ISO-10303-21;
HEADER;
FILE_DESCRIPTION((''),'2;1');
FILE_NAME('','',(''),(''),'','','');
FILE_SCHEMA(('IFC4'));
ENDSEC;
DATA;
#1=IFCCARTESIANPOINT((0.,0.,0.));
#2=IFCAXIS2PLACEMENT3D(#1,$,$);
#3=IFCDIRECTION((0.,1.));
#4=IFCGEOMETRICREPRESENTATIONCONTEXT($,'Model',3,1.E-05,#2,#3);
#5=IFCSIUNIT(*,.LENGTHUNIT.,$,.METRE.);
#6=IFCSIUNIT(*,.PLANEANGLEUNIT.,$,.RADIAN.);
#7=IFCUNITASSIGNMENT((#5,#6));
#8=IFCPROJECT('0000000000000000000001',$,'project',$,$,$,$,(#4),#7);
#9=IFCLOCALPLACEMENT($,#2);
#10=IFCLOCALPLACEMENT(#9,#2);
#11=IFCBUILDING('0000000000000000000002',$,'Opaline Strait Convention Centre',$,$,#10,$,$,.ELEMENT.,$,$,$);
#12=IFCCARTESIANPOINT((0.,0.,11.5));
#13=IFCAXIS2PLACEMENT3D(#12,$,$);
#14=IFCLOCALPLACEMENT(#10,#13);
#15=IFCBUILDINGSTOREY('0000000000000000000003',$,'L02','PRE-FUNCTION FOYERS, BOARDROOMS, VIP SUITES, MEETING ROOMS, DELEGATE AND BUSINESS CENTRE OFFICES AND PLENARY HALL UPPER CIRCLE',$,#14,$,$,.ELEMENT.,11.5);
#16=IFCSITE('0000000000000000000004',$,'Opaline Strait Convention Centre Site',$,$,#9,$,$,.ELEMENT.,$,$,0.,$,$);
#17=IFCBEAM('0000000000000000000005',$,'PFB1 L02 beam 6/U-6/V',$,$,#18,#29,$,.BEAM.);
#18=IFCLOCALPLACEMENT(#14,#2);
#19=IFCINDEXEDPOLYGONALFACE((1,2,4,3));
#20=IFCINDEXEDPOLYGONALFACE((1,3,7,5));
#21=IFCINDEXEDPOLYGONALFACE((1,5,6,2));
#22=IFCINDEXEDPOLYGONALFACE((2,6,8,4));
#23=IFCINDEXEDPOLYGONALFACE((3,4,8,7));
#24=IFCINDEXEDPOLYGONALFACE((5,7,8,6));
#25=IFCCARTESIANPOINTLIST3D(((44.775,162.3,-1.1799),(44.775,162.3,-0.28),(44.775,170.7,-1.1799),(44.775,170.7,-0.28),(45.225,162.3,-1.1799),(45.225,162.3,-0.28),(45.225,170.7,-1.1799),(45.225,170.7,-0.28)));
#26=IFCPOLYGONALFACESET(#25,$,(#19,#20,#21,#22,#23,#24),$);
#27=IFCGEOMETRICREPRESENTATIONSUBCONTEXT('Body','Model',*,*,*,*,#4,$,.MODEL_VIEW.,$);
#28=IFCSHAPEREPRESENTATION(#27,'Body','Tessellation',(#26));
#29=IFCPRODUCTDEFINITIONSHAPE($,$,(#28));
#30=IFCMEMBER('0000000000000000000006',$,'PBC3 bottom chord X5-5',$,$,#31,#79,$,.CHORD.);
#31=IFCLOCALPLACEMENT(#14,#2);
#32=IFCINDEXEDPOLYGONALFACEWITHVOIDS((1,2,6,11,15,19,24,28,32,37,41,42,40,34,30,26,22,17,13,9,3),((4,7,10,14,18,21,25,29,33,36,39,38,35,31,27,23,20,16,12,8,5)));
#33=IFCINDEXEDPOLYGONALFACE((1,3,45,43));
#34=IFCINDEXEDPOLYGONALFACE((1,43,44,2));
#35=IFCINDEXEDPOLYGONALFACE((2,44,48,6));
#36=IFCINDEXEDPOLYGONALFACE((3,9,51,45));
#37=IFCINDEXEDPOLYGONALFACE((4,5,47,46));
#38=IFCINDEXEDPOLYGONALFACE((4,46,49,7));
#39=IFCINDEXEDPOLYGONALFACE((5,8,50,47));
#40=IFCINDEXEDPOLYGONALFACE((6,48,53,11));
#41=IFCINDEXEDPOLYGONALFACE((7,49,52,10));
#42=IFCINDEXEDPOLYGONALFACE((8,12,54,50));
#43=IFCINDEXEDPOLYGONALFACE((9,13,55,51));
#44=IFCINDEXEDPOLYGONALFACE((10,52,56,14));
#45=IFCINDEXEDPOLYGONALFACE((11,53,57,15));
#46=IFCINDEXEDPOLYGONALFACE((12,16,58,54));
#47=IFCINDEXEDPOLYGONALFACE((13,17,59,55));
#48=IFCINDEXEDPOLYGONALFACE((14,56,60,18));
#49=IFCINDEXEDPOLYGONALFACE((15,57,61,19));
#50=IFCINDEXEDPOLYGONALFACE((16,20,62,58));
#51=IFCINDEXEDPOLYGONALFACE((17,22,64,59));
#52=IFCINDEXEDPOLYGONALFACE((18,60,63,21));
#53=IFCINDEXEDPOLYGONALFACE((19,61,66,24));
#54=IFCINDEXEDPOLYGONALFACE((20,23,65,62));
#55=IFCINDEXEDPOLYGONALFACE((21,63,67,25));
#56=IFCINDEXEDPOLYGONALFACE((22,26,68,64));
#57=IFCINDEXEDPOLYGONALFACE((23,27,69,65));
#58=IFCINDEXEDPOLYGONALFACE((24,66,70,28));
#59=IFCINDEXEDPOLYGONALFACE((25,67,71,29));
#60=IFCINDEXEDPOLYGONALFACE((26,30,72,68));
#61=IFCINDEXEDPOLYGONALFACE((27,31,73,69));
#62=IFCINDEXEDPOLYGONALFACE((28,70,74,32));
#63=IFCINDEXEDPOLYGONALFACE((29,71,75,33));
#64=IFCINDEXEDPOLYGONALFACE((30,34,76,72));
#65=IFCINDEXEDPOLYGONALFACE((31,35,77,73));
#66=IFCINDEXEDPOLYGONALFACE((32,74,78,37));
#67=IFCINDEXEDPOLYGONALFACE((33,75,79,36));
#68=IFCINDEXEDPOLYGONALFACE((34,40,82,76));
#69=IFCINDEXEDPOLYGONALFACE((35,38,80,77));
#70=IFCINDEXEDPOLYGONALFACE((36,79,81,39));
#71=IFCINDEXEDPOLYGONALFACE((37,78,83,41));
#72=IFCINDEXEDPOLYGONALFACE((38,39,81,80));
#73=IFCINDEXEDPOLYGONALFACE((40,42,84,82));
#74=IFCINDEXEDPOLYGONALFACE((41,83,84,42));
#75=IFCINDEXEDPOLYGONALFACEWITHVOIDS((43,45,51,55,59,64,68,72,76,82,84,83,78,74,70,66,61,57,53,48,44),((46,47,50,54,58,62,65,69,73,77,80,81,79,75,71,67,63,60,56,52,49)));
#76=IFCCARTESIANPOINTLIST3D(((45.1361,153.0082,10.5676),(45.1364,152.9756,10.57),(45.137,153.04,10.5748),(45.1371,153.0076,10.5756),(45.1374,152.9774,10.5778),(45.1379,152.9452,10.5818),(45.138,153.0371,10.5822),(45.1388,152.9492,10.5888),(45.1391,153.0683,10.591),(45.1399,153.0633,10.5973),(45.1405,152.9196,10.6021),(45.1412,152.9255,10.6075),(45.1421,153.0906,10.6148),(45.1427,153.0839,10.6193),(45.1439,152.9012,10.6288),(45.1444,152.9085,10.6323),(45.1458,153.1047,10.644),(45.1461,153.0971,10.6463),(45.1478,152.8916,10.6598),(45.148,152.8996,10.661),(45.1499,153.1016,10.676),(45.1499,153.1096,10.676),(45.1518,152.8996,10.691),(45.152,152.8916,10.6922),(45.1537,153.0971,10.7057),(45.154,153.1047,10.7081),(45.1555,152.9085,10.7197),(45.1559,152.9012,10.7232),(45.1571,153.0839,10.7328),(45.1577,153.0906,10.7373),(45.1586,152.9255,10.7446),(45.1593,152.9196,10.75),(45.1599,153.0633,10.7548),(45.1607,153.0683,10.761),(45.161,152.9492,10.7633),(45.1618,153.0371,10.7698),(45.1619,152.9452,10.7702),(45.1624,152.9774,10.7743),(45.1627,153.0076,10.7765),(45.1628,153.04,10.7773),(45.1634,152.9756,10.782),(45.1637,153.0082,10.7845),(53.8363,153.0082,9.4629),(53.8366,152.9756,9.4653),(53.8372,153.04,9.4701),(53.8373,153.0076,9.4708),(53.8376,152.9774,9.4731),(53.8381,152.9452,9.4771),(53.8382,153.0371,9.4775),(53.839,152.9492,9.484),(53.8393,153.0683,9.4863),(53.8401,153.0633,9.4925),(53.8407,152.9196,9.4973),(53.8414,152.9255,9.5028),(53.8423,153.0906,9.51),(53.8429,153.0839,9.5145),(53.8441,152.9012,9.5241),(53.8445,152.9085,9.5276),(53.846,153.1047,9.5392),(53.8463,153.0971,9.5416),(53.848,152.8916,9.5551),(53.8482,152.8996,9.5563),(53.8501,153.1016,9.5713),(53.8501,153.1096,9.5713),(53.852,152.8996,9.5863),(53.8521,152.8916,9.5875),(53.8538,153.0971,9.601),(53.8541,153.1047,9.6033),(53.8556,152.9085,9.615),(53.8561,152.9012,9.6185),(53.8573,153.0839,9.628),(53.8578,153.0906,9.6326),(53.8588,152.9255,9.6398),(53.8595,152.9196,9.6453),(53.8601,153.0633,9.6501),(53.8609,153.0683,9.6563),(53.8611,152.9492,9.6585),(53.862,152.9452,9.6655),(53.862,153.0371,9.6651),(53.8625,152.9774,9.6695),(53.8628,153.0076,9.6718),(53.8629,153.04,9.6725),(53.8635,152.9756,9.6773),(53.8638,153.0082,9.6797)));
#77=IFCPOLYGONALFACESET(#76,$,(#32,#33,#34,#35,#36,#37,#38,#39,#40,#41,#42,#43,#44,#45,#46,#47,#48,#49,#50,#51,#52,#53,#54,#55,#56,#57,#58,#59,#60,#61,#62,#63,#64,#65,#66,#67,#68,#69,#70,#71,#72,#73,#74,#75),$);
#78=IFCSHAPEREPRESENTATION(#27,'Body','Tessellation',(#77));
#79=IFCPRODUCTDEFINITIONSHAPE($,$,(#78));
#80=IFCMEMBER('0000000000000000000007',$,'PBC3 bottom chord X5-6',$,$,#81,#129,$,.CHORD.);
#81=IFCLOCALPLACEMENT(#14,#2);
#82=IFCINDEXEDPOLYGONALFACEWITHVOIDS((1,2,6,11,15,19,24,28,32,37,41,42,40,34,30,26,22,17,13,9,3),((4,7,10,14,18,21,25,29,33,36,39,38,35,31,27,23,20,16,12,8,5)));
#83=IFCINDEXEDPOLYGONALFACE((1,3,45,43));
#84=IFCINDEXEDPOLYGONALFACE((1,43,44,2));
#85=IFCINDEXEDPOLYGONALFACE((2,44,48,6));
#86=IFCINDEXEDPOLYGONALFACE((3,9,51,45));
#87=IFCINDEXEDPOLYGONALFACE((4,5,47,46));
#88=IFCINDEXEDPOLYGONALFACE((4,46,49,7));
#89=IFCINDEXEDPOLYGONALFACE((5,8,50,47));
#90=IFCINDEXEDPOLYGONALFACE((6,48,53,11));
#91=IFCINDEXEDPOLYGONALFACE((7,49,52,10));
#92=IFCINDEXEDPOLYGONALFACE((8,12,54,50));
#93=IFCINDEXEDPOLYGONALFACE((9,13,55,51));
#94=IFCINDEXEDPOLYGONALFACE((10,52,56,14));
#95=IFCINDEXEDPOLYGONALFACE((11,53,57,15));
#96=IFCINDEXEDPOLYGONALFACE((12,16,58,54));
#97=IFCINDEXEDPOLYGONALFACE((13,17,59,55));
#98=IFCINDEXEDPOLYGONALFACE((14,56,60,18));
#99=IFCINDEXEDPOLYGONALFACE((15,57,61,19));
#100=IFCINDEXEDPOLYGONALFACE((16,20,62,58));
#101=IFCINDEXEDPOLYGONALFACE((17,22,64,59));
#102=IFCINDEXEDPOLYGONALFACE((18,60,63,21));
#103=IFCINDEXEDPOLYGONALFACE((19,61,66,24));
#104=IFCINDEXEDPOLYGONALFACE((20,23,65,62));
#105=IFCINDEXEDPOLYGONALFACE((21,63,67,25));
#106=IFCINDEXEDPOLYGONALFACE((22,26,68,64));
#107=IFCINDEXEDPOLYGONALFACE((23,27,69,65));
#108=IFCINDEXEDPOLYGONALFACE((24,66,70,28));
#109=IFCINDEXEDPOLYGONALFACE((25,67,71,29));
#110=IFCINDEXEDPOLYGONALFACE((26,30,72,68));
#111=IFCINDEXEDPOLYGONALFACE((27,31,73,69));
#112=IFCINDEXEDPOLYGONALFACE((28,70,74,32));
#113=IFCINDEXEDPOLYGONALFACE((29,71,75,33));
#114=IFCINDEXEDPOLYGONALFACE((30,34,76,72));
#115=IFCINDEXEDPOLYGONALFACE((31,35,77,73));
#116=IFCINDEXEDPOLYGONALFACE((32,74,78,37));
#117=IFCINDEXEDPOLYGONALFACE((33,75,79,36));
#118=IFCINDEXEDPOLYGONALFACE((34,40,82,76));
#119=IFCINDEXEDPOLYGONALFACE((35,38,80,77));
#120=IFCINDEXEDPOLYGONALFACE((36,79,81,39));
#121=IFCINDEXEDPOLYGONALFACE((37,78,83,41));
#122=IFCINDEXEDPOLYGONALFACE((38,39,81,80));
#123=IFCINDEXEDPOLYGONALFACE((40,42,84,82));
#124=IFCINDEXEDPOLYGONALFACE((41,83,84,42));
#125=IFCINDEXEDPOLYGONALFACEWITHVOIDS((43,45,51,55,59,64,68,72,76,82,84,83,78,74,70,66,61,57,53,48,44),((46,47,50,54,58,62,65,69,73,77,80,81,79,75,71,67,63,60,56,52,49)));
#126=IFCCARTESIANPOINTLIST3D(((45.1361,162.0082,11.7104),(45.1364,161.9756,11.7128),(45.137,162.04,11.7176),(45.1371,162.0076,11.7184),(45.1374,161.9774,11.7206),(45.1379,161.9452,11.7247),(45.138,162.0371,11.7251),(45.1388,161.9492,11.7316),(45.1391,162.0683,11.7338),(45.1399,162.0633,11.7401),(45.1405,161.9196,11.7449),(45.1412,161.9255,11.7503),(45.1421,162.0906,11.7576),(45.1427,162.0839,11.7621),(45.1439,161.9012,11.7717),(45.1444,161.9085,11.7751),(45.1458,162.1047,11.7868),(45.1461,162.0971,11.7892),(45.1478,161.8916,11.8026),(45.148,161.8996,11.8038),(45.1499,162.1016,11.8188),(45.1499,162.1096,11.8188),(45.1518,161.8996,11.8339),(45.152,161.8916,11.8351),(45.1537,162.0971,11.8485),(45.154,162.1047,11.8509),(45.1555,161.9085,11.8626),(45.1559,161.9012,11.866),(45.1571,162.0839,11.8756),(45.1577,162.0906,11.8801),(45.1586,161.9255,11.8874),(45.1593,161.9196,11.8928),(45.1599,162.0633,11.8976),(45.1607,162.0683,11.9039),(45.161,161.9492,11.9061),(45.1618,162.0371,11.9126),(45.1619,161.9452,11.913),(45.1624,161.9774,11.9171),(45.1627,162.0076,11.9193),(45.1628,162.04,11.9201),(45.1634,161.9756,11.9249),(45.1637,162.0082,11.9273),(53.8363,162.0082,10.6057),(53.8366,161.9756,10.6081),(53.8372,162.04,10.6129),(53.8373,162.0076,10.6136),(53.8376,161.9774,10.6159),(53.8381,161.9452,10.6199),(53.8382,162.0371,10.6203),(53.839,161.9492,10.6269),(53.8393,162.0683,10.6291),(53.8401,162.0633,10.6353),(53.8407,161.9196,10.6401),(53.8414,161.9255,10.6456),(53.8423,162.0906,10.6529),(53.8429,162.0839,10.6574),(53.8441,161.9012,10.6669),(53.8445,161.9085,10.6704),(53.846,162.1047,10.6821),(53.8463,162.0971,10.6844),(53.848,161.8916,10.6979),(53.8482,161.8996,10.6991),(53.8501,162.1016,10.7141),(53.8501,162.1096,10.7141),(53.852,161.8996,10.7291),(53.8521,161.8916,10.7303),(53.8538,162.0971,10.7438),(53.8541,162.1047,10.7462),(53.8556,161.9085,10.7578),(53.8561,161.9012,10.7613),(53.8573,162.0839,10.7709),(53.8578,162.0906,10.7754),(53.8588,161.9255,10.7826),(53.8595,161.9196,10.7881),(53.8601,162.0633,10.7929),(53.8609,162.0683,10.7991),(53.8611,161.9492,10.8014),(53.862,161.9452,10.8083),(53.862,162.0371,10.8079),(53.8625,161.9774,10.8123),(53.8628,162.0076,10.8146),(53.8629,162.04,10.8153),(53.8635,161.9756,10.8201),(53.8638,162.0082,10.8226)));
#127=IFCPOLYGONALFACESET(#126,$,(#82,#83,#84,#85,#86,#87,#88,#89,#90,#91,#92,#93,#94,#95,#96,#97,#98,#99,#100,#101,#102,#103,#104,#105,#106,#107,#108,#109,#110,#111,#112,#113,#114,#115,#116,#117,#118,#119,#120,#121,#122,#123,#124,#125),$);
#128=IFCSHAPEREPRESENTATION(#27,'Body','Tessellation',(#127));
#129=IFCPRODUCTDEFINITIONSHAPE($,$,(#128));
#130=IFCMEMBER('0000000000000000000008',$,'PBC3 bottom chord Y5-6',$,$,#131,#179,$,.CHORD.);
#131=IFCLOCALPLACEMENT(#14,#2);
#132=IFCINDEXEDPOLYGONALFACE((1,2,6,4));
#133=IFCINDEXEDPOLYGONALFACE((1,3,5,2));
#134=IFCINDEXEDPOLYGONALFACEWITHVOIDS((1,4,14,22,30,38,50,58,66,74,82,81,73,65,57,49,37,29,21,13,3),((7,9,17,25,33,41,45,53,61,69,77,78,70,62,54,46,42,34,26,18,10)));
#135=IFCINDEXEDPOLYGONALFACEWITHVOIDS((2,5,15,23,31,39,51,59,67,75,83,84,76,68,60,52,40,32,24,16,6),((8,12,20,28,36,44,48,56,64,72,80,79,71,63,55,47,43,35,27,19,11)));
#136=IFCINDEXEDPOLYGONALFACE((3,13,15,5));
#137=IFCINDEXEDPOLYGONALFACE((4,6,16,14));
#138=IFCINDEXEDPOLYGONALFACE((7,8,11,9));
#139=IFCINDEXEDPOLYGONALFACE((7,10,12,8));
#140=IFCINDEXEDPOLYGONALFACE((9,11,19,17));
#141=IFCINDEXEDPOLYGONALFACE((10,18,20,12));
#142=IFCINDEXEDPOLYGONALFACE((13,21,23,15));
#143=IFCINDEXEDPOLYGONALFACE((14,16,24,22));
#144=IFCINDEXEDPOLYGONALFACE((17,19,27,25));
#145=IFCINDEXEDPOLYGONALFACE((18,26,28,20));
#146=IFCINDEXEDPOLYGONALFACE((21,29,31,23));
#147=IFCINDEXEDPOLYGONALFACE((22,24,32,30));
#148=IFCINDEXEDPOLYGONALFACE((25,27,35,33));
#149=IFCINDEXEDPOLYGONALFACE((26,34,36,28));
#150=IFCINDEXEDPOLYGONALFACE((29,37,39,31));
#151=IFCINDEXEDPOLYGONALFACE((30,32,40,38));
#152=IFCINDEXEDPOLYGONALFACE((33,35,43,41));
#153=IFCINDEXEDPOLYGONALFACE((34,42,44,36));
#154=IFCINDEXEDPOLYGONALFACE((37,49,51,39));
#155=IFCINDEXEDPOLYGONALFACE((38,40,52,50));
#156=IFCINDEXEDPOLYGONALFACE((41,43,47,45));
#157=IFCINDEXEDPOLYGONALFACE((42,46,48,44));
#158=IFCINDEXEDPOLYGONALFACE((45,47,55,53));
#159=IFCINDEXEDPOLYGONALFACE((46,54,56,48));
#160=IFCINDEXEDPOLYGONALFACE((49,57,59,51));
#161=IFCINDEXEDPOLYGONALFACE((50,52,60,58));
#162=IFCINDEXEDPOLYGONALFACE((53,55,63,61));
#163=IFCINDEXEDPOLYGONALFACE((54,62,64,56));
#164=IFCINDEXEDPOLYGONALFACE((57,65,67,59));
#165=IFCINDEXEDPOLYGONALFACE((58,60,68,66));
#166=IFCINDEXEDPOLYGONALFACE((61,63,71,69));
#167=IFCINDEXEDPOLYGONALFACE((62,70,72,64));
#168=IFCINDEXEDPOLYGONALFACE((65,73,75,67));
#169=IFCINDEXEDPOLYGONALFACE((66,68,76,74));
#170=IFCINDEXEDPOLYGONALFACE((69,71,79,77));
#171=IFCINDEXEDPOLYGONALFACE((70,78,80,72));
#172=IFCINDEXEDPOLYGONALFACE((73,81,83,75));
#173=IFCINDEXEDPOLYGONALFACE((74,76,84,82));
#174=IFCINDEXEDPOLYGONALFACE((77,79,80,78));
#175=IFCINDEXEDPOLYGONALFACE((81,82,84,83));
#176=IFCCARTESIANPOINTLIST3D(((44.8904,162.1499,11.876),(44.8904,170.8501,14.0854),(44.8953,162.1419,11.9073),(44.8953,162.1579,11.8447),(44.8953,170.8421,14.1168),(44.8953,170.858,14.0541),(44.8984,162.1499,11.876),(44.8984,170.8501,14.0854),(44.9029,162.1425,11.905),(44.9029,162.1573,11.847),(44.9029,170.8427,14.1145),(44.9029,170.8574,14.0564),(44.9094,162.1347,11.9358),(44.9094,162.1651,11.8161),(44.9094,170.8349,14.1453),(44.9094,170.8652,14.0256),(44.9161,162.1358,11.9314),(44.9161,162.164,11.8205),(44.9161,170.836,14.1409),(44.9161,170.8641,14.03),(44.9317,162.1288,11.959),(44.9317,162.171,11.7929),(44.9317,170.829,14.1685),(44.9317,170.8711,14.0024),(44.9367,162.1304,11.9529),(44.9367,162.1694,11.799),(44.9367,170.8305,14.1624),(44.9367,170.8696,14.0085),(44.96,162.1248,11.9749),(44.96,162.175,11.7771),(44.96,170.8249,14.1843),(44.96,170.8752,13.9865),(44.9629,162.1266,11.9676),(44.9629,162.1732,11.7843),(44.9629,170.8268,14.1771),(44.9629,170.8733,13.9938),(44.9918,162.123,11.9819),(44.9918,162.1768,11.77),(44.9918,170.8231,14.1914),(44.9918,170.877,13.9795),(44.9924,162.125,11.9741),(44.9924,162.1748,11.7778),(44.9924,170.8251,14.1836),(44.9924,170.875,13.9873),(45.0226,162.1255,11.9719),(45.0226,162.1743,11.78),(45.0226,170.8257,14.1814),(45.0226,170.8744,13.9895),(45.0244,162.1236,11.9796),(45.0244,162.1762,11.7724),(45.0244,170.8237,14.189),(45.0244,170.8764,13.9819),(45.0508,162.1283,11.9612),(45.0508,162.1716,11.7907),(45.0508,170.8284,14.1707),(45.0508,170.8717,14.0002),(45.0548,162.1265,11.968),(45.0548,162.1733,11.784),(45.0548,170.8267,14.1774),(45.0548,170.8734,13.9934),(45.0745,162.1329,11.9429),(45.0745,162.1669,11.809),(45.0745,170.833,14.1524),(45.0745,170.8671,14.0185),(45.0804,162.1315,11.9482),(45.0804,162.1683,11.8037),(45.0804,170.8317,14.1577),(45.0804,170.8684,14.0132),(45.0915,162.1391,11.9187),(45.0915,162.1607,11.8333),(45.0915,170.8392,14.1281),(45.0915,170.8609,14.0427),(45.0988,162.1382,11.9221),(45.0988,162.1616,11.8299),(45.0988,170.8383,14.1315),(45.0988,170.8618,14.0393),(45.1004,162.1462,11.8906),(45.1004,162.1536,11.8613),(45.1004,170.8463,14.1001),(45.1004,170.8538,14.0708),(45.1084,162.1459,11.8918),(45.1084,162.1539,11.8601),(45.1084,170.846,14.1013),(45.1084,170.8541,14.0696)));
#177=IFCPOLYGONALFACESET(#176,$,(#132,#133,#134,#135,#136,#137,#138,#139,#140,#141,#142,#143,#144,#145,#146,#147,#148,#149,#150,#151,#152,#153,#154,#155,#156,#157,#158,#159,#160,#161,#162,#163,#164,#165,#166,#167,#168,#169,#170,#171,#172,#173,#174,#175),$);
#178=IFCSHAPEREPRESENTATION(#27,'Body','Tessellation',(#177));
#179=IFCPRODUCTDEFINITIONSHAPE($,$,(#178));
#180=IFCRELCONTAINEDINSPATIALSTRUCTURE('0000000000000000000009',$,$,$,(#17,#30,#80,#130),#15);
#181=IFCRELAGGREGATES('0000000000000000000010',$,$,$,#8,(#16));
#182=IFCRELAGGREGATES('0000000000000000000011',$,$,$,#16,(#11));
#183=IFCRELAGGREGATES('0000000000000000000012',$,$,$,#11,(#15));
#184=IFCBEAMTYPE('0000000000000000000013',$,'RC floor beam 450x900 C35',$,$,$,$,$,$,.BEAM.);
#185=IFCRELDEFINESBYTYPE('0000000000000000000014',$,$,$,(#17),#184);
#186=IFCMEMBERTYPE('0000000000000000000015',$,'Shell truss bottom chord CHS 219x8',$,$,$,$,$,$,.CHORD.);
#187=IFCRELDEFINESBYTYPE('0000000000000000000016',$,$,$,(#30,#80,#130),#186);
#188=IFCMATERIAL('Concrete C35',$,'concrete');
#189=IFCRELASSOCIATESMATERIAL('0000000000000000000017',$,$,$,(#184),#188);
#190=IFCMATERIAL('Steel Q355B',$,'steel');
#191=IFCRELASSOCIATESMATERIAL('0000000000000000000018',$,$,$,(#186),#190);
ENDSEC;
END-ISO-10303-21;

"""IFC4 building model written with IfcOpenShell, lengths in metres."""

from ifc_helpers import new_model, si_unit, direction, frame, origin, origin_2d, place, context, subcontext, project, spatial, rectangle, hollow_circle, extrude, material, material_profile, profile_set, type_object, element, save


model = new_model("IFC4")

# Units and contexts
model_context = context("Model", 3, precision=1e-05, world=origin(), true_north=direction((0.0, 1.0)))
body_context = subcontext(model_context, "Body", "Model", "MODEL_VIEW")
ifc_project = project(units=[si_unit("LENGTHUNIT", "METRE"), si_unit("PLANEANGLEUNIT", "RADIAN")], contexts=[model_context])

# Site, building, storey
site_placement = place(None, origin())
site = spatial("IfcSite", under=ifc_project, at=site_placement, Name="Opaline Strait Convention Centre Site", CompositionType="ELEMENT", RefElevation=0.0)
building_placement = place(site_placement, origin())
building = spatial("IfcBuilding", under=site, at=building_placement, Name="Opaline Strait Convention Centre", CompositionType="ELEMENT")
storey_placement = place(building_placement, frame((0.0, 0.0, 11.5)))
storey = spatial("IfcBuildingStorey", under=building, at=storey_placement, Name="L02", Description="PRE-FUNCTION FOYERS, BOARDROOMS, VIP SUITES, MEETING ROOMS, DELEGATE AND BUSINESS CENTRE OFFICES AND PLENARY HALL UPPER CIRCLE", CompositionType="ELEMENT", Elevation=11.5)

# Beam
ifc_material_1 = material(Name="Concrete C35", Category="concrete")
ifc_material_profile_1 = material_profile(ifc_material_1, rectangle(XDim=0.45, YDim=0.8999, at=origin_2d()), Name="RC 450x900")
ifc_profile_set_1 = profile_set([ifc_material_profile_1], Name="Concrete C35")
beam_type = type_object("IfcBeamType", Name="RC floor beam 450x900 C35", PredefinedType="BEAM", material=ifc_profile_set_1)
beam_placement = place(storey_placement, frame((45.0, 162.3, -0.73), z_axis=(0.0, 1.0, 0.0), x_axis=(-1.0, 0.0, 0.0)))
element("IfcBeam", 1, at=beam_placement, inside=storey, type_object=beam_type, Name="PFB1 L02 beam 6/U-6/V", PredefinedType="BEAM", context=body_context, shape_type="SweptSolid", body=[
    extrude(rectangle(XDim=0.45, YDim=0.8999, at=origin_2d()), origin(), (0.0, 0.0, 1.0), 8.3999),
])

# Members
ifc_material_2 = material(Name="Steel Q355B", Category="steel")
ifc_material_profile_2 = material_profile(ifc_material_2, hollow_circle(Radius=0.1096, WallThickness=0.0081, at=origin_2d()), Name="CHS 219x8")
ifc_profile_set_2 = profile_set([ifc_material_profile_2], Name="Steel Q355B")
member_type_1 = type_object("IfcMemberType", Name="Shell truss bottom chord CHS 219x8", PredefinedType="CHORD", material=ifc_profile_set_2)
for number, where, z_axis, x_axis, name in (
    (2, (45.1499, 153.0, 10.676), (0.992034, 0.0, -0.125967), (0.0, 1.0, 0.0), "PBC3 bottom chord X5-5"),
    (3, (45.1499, 162.0, 11.8188), (0.992034, 0.0, -0.125967), (0.0, 1.0, 0.0), "PBC3 bottom chord X5-6"),
):
    element("IfcMember", number, at=place(storey_placement, frame(where, z_axis=z_axis, x_axis=x_axis)), inside=storey, type_object=member_type_1, Name=name, PredefinedType="CHORD", context=body_context, shape_type="SweptSolid", body=[
        extrude(hollow_circle(Radius=0.1096, WallThickness=0.0081, at=origin_2d()), origin(), (0.0, 0.0, 1.0), 8.77),
    ])
member_1_placement = place(storey_placement, frame((45.0, 162.1499, 11.876), z_axis=(0.0, 0.969233, 0.246143), x_axis=(-1.0, 0.0, 0.0)))
element("IfcMember", 4, at=member_1_placement, inside=storey, type_object=member_type_1, Name="PBC3 bottom chord Y5-6", PredefinedType="CHORD", context=body_context, shape_type="SweptSolid", body=[
    extrude(hollow_circle(Radius=0.1096, WallThickness=0.0081, at=origin_2d()), origin(), (0.0, 0.0, 1.0), 8.9763),
])

save(model, "model.ifc")
